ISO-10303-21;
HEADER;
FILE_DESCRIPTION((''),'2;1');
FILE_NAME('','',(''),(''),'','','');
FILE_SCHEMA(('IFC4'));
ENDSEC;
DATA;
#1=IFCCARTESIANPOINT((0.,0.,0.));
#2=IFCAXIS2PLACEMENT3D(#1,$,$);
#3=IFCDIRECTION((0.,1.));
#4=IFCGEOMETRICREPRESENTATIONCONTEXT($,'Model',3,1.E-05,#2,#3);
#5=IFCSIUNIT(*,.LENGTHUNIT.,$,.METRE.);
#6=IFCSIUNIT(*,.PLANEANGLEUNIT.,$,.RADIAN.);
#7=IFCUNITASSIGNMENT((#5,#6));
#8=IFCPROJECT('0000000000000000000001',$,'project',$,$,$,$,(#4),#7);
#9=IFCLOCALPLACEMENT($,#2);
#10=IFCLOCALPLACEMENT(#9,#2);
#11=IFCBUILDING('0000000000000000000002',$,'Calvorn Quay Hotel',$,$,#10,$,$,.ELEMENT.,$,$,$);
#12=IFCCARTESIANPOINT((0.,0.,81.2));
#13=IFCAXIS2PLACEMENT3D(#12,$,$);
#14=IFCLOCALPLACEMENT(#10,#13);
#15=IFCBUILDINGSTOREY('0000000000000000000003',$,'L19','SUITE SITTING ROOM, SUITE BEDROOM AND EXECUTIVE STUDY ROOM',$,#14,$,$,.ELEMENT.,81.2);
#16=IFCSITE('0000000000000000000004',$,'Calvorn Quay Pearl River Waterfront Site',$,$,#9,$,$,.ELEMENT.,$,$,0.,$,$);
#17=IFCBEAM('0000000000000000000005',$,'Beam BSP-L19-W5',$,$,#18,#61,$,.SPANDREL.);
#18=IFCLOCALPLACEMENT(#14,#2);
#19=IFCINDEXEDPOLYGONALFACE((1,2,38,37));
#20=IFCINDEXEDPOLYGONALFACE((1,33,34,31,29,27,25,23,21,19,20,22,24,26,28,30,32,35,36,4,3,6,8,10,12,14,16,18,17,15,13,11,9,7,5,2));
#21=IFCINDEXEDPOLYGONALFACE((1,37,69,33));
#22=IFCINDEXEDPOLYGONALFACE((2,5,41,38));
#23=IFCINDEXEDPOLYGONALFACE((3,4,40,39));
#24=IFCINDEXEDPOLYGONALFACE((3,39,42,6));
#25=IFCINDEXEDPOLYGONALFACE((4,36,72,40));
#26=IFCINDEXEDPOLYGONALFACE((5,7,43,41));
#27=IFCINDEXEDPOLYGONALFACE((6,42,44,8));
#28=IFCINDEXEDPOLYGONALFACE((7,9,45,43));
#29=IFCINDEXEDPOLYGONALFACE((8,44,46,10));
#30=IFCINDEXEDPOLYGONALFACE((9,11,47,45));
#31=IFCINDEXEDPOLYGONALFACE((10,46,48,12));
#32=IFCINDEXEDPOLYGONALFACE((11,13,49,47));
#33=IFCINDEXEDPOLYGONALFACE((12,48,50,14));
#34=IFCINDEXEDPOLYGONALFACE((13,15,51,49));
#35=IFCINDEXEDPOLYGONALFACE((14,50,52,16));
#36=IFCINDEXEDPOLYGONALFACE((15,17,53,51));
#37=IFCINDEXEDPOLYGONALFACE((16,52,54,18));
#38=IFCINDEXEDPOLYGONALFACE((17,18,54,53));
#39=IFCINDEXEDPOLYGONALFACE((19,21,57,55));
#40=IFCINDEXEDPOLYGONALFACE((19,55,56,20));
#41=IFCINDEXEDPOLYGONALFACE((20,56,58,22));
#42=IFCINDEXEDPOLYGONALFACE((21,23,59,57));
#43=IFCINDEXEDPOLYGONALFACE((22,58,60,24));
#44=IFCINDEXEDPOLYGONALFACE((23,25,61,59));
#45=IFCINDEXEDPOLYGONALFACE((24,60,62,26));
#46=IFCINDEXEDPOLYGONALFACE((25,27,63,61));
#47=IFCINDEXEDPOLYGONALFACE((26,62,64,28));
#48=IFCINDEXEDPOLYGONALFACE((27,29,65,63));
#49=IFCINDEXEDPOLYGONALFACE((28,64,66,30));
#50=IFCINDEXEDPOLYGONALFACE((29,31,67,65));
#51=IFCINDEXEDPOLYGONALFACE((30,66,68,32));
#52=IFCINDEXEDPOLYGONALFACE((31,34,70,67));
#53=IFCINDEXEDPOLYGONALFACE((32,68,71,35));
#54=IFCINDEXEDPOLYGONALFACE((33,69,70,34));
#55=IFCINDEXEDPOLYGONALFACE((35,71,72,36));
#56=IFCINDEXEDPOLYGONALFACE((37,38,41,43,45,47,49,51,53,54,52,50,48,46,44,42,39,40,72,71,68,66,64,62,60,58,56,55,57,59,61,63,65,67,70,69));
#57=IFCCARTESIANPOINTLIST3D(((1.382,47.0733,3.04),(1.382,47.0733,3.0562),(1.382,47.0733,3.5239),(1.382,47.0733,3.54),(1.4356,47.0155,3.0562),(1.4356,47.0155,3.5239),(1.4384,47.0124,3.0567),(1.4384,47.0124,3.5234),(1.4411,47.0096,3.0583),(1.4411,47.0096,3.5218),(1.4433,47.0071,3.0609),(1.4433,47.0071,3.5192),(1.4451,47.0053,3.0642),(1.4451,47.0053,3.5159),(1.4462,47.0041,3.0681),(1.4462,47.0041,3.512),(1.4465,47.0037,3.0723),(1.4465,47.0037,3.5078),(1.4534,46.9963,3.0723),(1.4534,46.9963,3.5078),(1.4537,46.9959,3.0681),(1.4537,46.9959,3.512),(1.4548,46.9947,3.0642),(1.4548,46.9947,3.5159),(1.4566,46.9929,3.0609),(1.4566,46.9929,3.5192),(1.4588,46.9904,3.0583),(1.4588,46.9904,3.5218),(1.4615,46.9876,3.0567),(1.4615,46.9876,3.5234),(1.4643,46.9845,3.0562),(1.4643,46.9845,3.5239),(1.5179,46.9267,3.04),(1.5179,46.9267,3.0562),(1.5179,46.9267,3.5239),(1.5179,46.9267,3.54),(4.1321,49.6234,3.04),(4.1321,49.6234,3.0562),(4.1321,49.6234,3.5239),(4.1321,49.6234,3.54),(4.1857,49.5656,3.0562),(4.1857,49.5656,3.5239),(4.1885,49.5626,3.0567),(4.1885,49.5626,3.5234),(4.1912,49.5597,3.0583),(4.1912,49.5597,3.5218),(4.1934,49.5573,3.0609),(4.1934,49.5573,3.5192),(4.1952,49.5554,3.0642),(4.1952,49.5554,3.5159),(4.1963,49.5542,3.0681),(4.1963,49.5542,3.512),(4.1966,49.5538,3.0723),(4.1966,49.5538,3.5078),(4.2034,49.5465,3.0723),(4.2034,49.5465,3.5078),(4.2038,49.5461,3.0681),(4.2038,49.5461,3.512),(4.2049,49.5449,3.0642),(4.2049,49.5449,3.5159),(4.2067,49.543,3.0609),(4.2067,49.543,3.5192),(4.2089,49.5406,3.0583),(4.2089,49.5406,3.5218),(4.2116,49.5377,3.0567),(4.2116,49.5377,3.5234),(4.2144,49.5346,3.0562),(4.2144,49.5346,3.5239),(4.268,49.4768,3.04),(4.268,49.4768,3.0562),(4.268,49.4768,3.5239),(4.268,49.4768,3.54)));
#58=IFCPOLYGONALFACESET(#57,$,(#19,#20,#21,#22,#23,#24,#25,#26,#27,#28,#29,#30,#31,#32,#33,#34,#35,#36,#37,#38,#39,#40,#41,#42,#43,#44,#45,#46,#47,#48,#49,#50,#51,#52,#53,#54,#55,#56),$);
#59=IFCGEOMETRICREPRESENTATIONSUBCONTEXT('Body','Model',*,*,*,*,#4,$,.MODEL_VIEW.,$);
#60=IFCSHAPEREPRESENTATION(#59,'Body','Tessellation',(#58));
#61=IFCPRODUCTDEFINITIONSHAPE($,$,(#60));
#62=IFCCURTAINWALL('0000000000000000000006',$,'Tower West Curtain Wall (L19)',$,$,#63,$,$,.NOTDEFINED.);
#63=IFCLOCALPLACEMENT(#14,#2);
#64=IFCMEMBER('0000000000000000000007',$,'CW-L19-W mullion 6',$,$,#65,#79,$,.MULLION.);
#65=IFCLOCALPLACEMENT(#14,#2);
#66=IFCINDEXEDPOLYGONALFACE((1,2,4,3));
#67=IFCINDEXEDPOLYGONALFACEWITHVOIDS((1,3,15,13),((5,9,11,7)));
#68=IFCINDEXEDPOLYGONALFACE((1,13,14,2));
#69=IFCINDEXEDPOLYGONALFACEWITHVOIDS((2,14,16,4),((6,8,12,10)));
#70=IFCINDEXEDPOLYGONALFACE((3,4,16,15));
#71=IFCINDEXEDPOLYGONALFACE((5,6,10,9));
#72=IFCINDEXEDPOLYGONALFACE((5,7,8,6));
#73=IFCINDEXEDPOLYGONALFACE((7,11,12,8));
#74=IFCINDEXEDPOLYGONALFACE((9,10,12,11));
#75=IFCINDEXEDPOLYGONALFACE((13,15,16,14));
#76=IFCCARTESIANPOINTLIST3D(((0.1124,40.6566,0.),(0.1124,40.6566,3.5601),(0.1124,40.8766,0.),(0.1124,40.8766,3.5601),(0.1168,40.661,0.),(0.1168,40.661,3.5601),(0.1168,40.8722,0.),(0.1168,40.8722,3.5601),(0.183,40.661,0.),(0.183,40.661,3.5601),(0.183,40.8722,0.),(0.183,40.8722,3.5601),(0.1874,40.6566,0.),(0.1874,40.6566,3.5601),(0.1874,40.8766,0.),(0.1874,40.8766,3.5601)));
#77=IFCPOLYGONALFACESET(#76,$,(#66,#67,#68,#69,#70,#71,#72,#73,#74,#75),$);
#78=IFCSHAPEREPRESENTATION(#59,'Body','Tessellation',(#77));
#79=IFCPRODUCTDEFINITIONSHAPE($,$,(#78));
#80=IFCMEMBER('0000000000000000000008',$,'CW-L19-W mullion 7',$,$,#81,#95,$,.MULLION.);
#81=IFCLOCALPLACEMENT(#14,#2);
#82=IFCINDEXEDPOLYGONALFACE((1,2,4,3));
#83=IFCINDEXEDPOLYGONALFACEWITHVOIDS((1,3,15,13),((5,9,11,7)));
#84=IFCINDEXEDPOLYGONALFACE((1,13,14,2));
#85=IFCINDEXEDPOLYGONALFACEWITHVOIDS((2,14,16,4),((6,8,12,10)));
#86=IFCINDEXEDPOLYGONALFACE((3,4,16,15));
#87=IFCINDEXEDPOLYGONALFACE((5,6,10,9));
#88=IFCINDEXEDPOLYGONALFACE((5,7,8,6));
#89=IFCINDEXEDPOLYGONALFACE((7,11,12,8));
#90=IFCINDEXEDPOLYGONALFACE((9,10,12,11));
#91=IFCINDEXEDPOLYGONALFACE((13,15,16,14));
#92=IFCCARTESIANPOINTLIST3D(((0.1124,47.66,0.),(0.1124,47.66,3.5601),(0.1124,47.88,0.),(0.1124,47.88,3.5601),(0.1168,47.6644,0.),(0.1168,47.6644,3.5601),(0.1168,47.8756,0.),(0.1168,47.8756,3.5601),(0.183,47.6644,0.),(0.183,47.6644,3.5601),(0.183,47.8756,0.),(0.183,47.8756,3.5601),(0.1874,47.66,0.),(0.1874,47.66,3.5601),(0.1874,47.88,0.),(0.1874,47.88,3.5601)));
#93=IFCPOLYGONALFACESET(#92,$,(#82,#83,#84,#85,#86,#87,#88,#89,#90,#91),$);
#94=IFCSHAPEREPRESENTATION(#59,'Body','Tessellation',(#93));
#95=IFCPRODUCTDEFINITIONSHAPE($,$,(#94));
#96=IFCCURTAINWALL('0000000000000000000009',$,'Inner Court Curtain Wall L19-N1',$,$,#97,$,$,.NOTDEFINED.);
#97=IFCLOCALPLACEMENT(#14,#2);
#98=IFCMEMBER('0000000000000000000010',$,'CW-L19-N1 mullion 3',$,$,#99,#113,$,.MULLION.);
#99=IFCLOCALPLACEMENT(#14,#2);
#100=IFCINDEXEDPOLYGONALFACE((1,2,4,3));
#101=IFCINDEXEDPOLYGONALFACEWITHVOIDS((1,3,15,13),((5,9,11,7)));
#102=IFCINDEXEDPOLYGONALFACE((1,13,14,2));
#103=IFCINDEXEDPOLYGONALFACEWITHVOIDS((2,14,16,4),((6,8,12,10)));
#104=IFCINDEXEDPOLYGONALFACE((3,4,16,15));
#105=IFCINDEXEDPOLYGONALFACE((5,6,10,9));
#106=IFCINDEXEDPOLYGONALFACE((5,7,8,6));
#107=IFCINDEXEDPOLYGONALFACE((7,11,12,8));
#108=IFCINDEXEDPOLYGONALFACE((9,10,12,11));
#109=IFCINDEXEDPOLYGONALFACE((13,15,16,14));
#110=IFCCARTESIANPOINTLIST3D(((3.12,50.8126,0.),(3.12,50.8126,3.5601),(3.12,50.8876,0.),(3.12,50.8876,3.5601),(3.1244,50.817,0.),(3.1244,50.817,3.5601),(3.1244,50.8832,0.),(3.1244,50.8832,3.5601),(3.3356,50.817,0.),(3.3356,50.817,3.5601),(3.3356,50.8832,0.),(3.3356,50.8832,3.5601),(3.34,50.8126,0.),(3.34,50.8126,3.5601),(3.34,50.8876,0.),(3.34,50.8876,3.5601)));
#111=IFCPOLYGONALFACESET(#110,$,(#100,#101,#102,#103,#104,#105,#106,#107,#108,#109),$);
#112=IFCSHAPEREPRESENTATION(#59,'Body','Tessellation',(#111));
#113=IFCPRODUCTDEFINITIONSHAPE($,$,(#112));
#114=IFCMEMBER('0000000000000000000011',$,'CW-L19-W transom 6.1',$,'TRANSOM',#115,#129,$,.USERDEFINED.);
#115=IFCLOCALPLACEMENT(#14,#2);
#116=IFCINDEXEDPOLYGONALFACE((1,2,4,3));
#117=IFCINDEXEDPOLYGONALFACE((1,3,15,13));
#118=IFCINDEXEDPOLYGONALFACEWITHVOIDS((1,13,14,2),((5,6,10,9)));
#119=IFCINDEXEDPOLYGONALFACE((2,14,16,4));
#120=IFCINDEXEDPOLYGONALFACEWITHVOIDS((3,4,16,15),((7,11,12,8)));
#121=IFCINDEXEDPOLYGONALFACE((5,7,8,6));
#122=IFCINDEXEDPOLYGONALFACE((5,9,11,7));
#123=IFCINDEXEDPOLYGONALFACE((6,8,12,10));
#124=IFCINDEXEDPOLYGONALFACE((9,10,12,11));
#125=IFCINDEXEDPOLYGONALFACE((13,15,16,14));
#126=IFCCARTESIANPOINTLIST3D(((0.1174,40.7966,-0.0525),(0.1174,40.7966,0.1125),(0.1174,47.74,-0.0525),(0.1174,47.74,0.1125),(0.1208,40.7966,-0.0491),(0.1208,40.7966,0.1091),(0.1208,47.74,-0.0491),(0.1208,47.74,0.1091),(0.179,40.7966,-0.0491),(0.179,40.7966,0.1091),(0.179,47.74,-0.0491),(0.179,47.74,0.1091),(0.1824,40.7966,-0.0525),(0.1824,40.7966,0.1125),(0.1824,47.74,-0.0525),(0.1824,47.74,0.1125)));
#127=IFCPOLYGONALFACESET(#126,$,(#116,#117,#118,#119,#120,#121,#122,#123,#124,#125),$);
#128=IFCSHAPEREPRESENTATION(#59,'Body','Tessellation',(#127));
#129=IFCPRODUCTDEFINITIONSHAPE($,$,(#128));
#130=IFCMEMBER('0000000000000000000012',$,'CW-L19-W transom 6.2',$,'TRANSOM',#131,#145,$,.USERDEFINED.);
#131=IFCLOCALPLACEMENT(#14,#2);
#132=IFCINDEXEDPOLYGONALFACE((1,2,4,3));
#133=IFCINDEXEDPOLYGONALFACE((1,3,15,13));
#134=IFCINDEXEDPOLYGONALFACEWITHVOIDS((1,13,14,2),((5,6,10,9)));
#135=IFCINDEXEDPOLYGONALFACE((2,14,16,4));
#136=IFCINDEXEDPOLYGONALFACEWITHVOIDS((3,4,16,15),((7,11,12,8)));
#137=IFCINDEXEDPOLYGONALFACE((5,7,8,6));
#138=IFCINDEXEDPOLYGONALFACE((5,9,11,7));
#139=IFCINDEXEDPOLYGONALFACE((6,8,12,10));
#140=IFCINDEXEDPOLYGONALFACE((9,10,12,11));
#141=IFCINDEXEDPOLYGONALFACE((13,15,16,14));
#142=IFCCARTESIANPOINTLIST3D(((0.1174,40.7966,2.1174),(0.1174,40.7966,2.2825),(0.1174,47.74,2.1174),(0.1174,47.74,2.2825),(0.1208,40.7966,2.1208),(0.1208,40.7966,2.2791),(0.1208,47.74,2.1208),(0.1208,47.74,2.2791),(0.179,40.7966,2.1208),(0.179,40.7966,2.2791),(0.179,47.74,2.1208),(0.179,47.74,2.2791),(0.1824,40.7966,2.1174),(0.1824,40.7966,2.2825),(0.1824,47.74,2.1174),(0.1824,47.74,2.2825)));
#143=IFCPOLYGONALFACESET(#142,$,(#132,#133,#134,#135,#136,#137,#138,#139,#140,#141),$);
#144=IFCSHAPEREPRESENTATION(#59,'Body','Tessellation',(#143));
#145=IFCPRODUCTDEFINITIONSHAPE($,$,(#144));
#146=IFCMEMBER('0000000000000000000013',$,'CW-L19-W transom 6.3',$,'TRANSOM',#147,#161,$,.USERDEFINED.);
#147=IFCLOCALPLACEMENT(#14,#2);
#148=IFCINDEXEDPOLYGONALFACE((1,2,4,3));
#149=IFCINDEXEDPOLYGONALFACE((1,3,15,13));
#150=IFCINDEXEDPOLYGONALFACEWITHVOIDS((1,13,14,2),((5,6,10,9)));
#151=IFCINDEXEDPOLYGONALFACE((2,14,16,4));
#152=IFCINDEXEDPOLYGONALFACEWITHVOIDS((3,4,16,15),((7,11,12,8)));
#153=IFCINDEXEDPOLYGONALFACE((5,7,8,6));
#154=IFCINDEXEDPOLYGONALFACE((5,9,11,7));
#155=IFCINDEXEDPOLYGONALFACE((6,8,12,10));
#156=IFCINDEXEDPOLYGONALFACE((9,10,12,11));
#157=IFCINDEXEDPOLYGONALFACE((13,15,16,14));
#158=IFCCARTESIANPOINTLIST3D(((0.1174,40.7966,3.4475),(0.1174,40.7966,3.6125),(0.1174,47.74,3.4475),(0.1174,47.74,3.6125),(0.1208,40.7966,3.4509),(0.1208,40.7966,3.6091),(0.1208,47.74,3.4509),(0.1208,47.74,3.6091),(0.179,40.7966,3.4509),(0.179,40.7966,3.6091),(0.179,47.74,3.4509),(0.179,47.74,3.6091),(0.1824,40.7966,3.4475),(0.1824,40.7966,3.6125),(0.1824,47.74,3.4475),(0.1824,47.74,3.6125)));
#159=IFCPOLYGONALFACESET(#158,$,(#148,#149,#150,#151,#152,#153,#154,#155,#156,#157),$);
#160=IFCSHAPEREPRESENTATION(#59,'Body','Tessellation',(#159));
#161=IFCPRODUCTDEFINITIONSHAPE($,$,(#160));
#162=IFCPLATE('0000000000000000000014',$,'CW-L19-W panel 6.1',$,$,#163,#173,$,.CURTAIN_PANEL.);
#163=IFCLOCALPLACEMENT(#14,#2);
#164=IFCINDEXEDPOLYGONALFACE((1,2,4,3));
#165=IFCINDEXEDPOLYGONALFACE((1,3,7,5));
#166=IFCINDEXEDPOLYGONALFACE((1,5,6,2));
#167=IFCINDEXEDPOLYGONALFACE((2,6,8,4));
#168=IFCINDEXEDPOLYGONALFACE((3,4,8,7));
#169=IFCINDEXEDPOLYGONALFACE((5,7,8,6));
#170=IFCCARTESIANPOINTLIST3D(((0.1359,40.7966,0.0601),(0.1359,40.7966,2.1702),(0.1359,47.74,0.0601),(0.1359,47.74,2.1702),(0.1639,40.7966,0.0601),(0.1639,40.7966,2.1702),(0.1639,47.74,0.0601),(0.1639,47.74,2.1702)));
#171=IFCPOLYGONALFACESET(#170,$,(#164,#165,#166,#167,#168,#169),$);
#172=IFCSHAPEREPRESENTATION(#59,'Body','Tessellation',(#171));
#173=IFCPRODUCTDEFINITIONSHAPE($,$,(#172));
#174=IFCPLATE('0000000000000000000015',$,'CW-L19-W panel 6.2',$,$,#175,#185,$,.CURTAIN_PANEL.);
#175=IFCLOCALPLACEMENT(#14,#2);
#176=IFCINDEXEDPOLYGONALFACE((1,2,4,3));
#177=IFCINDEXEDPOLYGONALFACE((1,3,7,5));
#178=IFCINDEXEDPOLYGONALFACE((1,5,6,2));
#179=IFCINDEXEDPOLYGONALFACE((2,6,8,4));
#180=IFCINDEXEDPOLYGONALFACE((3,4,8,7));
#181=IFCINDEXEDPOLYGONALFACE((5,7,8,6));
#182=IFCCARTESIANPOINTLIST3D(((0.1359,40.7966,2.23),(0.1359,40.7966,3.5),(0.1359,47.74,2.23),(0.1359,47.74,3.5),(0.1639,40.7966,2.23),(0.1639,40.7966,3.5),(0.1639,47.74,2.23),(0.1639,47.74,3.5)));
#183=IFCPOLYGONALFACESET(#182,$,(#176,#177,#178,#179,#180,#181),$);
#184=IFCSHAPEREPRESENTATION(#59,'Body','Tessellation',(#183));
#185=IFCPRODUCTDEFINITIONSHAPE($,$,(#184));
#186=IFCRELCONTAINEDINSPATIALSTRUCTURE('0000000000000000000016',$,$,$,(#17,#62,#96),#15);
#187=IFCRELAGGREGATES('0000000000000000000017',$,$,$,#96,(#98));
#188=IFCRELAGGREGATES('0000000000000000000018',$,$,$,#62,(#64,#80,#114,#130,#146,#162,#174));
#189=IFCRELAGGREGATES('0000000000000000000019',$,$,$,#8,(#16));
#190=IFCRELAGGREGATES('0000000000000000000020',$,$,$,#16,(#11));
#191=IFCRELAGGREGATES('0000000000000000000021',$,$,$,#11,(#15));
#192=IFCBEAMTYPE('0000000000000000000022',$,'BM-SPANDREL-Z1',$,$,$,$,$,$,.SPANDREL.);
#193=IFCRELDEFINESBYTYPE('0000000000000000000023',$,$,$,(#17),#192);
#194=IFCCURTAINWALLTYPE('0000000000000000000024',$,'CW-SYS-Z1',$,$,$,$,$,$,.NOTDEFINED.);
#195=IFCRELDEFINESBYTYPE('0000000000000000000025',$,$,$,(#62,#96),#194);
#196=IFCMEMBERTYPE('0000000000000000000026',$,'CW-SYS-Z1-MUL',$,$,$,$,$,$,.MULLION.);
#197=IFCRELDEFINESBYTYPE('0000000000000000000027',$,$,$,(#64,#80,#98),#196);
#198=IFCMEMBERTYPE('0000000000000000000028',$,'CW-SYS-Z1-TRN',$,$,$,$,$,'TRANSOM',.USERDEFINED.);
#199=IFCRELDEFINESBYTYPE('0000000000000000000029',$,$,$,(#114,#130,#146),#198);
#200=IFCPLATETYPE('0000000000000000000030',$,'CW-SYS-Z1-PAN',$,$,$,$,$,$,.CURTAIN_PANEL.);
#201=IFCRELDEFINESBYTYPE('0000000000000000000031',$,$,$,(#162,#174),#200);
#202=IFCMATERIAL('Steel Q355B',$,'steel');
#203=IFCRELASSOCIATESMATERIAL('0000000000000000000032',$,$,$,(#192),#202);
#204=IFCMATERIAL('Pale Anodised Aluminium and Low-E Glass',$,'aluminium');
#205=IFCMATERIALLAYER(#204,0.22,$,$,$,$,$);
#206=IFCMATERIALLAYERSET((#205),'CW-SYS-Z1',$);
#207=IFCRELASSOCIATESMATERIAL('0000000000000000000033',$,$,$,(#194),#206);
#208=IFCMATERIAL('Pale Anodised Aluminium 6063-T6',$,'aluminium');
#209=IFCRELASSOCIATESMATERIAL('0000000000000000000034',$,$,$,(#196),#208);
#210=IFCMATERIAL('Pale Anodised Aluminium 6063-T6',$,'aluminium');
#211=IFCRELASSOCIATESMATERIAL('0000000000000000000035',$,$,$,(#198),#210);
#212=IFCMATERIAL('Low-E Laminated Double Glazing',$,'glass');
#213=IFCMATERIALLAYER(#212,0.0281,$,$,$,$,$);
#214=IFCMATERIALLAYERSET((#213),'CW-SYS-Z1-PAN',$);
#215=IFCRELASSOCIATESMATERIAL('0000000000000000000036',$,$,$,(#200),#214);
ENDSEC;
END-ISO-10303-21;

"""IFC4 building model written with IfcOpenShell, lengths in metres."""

from ifc_helpers import new_model, si_unit, direction, frame, origin, origin_2d, place, context, subcontext, project, spatial, rectangle, hollow_rectangle, i_section, extrude, material, layer, layer_set, material_profile, profile_set, type_object, element, aggregate, save


model = new_model("IFC4")

# Units and contexts
model_context = context("Model", 3, precision=1e-05, world=origin(), true_north=direction((0.0, 1.0)))
body_context = subcontext(model_context, "Body", "Model", "MODEL_VIEW")
ifc_project = project(units=[si_unit("LENGTHUNIT", "METRE"), si_unit("PLANEANGLEUNIT", "RADIAN")], contexts=[model_context])

# Site, building, storey
site_placement = place(None, origin())
site = spatial("IfcSite", under=ifc_project, at=site_placement, Name="Calvorn Quay Pearl River Waterfront Site", CompositionType="ELEMENT", RefElevation=0.0)
building_placement = place(site_placement, origin())
building = spatial("IfcBuilding", under=site, at=building_placement, Name="Calvorn Quay Hotel", CompositionType="ELEMENT")
storey_placement = place(building_placement, frame((0.0, 0.0, 81.2)))
storey = spatial("IfcBuildingStorey", under=building, at=storey_placement, Name="L19", Description="SUITE SITTING ROOM, SUITE BEDROOM AND EXECUTIVE STUDY ROOM", CompositionType="ELEMENT", Elevation=81.2)

# Beam
ifc_material_1 = material(Name="Steel Q355B", Category="steel")
ifc_material_profile_1 = material_profile(ifc_material_1, i_section(OverallWidth=0.2, OverallDepth=0.5, WebThickness=0.01, FlangeThickness=0.0161, FilletRadius=0.0161, at=origin_2d()), Name="HN500x200x10x16")
ifc_profile_set_1 = profile_set([ifc_material_profile_1], Name="Steel Q355B")
beam_type_1 = type_object("IfcBeamType", Name="BM-SPANDREL-Z1", PredefinedType="SPANDREL", material=ifc_profile_set_1)
beam_1_placement = place(storey_placement, frame((1.45, 47.0, 3.29), z_axis=(0.733262, 0.679947, 0.0), x_axis=(-0.679947, 0.733262, 0.0)))
element("IfcBeam", 1, at=beam_1_placement, inside=storey, type_object=beam_type_1, Name="Beam BSP-L19-W5", PredefinedType="SPANDREL", context=body_context, shape_type="SweptSolid", body=[
    extrude(i_section(OverallWidth=0.2, OverallDepth=0.5, WebThickness=0.01, FlangeThickness=0.0161, FilletRadius=0.0161, at=origin_2d()), origin(), (0.0, 0.0, 1.0), 3.7505),
])

# Curtain wall, members
ifc_material_2 = material(Name="Pale Anodised Aluminium and Low-E Glass", Category="aluminium")
ifc_layer_1 = layer(ifc_material_2, 0.22)
ifc_layer_set_1 = layer_set([ifc_layer_1], Name="CW-SYS-Z1")
curtain_wall_type = type_object("IfcCurtainWallType", Name="CW-SYS-Z1", PredefinedType="NOTDEFINED", material=ifc_layer_set_1)
curtain_wall_1_placement = place(storey_placement, origin())
curtain_wall_1 = element("IfcCurtainWall", 2, at=curtain_wall_1_placement, inside=storey, type_object=curtain_wall_type, Name="Tower West Curtain Wall (L19)", PredefinedType="NOTDEFINED")
ifc_material_3 = material(Name="Pale Anodised Aluminium 6063-T6", Category="aluminium")
ifc_material_profile_2 = material_profile(ifc_material_3, hollow_rectangle(XDim=0.075, YDim=0.22, WallThickness=0.0044, at=origin_2d()), Name="ALU-M220x75x4.5")
ifc_profile_set_2 = profile_set([ifc_material_profile_2], Name="Pale Anodised Aluminium 6063-T6")
member_type_1 = type_object("IfcMemberType", Name="CW-SYS-Z1-MUL", PredefinedType="MULLION", material=ifc_profile_set_2)
member_1_placement = place(storey_placement, frame((0.1499, 40.7666, 0.0), z_axis=(0.0, 0.0, 1.0), x_axis=(-1.0, 0.0, 0.0)))
member_1 = element("IfcMember", 3, at=member_1_placement, type_object=member_type_1, Name="CW-L19-W mullion 6", PredefinedType="MULLION", context=body_context, shape_type="SweptSolid", body=[
    extrude(hollow_rectangle(XDim=0.075, YDim=0.22, WallThickness=0.0044, at=origin_2d()), origin(), (0.0, 0.0, 1.0), 3.5601),
])
member_2_placement = place(storey_placement, frame((0.1499, 47.77, 0.0), z_axis=(0.0, 0.0, 1.0), x_axis=(-1.0, 0.0, 0.0)))
member_2 = element("IfcMember", 4, at=member_2_placement, type_object=member_type_1, Name="CW-L19-W mullion 7", PredefinedType="MULLION", context=body_context, shape_type="SweptSolid", body=[
    extrude(hollow_rectangle(XDim=0.075, YDim=0.22, WallThickness=0.0044, at=origin_2d()), origin(), (0.0, 0.0, 1.0), 3.5601),
])

# Curtain wall, member
curtain_wall_2_placement = place(storey_placement, origin())
curtain_wall_2 = element("IfcCurtainWall", 5, at=curtain_wall_2_placement, inside=storey, type_object=curtain_wall_type, Name="Inner Court Curtain Wall L19-N1", PredefinedType="NOTDEFINED")
member_3_placement = place(storey_placement, frame((3.23, 50.8501, 0.0), z_axis=(0.0, 0.0, 1.0), x_axis=(0.0, -1.0, 0.0)))
member_3 = element("IfcMember", 6, at=member_3_placement, type_object=member_type_1, Name="CW-L19-N1 mullion 3", PredefinedType="MULLION", context=body_context, shape_type="SweptSolid", body=[
    extrude(hollow_rectangle(XDim=0.075, YDim=0.22, WallThickness=0.0044, at=origin_2d()), origin(), (0.0, 0.0, 1.0), 3.5601),
])
aggregate(curtain_wall_2, [member_3])

# Members
ifc_material_4 = material(Name="Pale Anodised Aluminium 6063-T6", Category="aluminium")
ifc_material_profile_3 = material_profile(ifc_material_4, hollow_rectangle(XDim=0.0649, YDim=0.165, WallThickness=0.0034, at=origin_2d()), Name="ALU-T165x65x3.5")
ifc_profile_set_3 = profile_set([ifc_material_profile_3], Name="Pale Anodised Aluminium 6063-T6")
member_type_2 = type_object("IfcMemberType", Name="CW-SYS-Z1-TRN", ElementType="TRANSOM", PredefinedType="USERDEFINED", material=ifc_profile_set_3)
member_4_placement = place(storey_placement, frame((0.1499, 40.7966, 0.03), z_axis=(0.0, 1.0, 0.0), x_axis=(-1.0, 0.0, 0.0)))
member_4 = element("IfcMember", 7, at=member_4_placement, type_object=member_type_2, Name="CW-L19-W transom 6.1", ObjectType="TRANSOM", PredefinedType="USERDEFINED", context=body_context, shape_type="SweptSolid", body=[
    extrude(hollow_rectangle(XDim=0.0649, YDim=0.165, WallThickness=0.0034, at=origin_2d()), origin(), (0.0, 0.0, 1.0), 6.9434),
])
member_5_placement = place(storey_placement, frame((0.1499, 40.7966, 2.2), z_axis=(0.0, 1.0, 0.0), x_axis=(-1.0, 0.0, 0.0)))
member_5 = element("IfcMember", 8, at=member_5_placement, type_object=member_type_2, Name="CW-L19-W transom 6.2", ObjectType="TRANSOM", PredefinedType="USERDEFINED", context=body_context, shape_type="SweptSolid", body=[
    extrude(hollow_rectangle(XDim=0.0649, YDim=0.165, WallThickness=0.0034, at=origin_2d()), origin(), (0.0, 0.0, 1.0), 6.9434),
])
member_6_placement = place(storey_placement, frame((0.1499, 40.7966, 3.53), z_axis=(0.0, 1.0, 0.0), x_axis=(-1.0, 0.0, 0.0)))
member_6 = element("IfcMember", 9, at=member_6_placement, type_object=member_type_2, Name="CW-L19-W transom 6.3", ObjectType="TRANSOM", PredefinedType="USERDEFINED", context=body_context, shape_type="SweptSolid", body=[
    extrude(hollow_rectangle(XDim=0.0649, YDim=0.165, WallThickness=0.0034, at=origin_2d()), origin(), (0.0, 0.0, 1.0), 6.9434),
])

# Plates
ifc_material_5 = material(Name="Low-E Laminated Double Glazing", Category="glass")
ifc_layer_2 = layer(ifc_material_5, 0.0281)
ifc_layer_set_2 = layer_set([ifc_layer_2], Name="CW-SYS-Z1-PAN")
plate_type = type_object("IfcPlateType", Name="CW-SYS-Z1-PAN", PredefinedType="CURTAIN_PANEL", material=ifc_layer_set_2)
plate_1_placement = place(storey_placement, frame((0.1499, 44.2683, 0.0601), z_axis=(0.0, 0.0, 1.0), x_axis=(0.0, 1.0, 0.0)))
plate_1 = element("IfcPlate", 10, at=plate_1_placement, type_object=plate_type, Name="CW-L19-W panel 6.1", PredefinedType="CURTAIN_PANEL", context=body_context, shape_type="SweptSolid", body=[
    extrude(rectangle(XDim=6.9434, YDim=0.0281, at=origin_2d()), origin(), (0.0, 0.0, 1.0), 2.1101),
])
plate_2_placement = place(storey_placement, frame((0.1499, 44.2683, 2.23), z_axis=(0.0, 0.0, 1.0), x_axis=(0.0, 1.0, 0.0)))
plate_2 = element("IfcPlate", 11, at=plate_2_placement, type_object=plate_type, Name="CW-L19-W panel 6.2", PredefinedType="CURTAIN_PANEL", context=body_context, shape_type="SweptSolid", body=[
    extrude(rectangle(XDim=6.9434, YDim=0.0281, at=origin_2d()), origin(), (0.0, 0.0, 1.0), 1.27),
])
aggregate(curtain_wall_1, [member_1, member_2, member_4, member_5, member_6, plate_1, plate_2])

save(model, "model.ifc")
